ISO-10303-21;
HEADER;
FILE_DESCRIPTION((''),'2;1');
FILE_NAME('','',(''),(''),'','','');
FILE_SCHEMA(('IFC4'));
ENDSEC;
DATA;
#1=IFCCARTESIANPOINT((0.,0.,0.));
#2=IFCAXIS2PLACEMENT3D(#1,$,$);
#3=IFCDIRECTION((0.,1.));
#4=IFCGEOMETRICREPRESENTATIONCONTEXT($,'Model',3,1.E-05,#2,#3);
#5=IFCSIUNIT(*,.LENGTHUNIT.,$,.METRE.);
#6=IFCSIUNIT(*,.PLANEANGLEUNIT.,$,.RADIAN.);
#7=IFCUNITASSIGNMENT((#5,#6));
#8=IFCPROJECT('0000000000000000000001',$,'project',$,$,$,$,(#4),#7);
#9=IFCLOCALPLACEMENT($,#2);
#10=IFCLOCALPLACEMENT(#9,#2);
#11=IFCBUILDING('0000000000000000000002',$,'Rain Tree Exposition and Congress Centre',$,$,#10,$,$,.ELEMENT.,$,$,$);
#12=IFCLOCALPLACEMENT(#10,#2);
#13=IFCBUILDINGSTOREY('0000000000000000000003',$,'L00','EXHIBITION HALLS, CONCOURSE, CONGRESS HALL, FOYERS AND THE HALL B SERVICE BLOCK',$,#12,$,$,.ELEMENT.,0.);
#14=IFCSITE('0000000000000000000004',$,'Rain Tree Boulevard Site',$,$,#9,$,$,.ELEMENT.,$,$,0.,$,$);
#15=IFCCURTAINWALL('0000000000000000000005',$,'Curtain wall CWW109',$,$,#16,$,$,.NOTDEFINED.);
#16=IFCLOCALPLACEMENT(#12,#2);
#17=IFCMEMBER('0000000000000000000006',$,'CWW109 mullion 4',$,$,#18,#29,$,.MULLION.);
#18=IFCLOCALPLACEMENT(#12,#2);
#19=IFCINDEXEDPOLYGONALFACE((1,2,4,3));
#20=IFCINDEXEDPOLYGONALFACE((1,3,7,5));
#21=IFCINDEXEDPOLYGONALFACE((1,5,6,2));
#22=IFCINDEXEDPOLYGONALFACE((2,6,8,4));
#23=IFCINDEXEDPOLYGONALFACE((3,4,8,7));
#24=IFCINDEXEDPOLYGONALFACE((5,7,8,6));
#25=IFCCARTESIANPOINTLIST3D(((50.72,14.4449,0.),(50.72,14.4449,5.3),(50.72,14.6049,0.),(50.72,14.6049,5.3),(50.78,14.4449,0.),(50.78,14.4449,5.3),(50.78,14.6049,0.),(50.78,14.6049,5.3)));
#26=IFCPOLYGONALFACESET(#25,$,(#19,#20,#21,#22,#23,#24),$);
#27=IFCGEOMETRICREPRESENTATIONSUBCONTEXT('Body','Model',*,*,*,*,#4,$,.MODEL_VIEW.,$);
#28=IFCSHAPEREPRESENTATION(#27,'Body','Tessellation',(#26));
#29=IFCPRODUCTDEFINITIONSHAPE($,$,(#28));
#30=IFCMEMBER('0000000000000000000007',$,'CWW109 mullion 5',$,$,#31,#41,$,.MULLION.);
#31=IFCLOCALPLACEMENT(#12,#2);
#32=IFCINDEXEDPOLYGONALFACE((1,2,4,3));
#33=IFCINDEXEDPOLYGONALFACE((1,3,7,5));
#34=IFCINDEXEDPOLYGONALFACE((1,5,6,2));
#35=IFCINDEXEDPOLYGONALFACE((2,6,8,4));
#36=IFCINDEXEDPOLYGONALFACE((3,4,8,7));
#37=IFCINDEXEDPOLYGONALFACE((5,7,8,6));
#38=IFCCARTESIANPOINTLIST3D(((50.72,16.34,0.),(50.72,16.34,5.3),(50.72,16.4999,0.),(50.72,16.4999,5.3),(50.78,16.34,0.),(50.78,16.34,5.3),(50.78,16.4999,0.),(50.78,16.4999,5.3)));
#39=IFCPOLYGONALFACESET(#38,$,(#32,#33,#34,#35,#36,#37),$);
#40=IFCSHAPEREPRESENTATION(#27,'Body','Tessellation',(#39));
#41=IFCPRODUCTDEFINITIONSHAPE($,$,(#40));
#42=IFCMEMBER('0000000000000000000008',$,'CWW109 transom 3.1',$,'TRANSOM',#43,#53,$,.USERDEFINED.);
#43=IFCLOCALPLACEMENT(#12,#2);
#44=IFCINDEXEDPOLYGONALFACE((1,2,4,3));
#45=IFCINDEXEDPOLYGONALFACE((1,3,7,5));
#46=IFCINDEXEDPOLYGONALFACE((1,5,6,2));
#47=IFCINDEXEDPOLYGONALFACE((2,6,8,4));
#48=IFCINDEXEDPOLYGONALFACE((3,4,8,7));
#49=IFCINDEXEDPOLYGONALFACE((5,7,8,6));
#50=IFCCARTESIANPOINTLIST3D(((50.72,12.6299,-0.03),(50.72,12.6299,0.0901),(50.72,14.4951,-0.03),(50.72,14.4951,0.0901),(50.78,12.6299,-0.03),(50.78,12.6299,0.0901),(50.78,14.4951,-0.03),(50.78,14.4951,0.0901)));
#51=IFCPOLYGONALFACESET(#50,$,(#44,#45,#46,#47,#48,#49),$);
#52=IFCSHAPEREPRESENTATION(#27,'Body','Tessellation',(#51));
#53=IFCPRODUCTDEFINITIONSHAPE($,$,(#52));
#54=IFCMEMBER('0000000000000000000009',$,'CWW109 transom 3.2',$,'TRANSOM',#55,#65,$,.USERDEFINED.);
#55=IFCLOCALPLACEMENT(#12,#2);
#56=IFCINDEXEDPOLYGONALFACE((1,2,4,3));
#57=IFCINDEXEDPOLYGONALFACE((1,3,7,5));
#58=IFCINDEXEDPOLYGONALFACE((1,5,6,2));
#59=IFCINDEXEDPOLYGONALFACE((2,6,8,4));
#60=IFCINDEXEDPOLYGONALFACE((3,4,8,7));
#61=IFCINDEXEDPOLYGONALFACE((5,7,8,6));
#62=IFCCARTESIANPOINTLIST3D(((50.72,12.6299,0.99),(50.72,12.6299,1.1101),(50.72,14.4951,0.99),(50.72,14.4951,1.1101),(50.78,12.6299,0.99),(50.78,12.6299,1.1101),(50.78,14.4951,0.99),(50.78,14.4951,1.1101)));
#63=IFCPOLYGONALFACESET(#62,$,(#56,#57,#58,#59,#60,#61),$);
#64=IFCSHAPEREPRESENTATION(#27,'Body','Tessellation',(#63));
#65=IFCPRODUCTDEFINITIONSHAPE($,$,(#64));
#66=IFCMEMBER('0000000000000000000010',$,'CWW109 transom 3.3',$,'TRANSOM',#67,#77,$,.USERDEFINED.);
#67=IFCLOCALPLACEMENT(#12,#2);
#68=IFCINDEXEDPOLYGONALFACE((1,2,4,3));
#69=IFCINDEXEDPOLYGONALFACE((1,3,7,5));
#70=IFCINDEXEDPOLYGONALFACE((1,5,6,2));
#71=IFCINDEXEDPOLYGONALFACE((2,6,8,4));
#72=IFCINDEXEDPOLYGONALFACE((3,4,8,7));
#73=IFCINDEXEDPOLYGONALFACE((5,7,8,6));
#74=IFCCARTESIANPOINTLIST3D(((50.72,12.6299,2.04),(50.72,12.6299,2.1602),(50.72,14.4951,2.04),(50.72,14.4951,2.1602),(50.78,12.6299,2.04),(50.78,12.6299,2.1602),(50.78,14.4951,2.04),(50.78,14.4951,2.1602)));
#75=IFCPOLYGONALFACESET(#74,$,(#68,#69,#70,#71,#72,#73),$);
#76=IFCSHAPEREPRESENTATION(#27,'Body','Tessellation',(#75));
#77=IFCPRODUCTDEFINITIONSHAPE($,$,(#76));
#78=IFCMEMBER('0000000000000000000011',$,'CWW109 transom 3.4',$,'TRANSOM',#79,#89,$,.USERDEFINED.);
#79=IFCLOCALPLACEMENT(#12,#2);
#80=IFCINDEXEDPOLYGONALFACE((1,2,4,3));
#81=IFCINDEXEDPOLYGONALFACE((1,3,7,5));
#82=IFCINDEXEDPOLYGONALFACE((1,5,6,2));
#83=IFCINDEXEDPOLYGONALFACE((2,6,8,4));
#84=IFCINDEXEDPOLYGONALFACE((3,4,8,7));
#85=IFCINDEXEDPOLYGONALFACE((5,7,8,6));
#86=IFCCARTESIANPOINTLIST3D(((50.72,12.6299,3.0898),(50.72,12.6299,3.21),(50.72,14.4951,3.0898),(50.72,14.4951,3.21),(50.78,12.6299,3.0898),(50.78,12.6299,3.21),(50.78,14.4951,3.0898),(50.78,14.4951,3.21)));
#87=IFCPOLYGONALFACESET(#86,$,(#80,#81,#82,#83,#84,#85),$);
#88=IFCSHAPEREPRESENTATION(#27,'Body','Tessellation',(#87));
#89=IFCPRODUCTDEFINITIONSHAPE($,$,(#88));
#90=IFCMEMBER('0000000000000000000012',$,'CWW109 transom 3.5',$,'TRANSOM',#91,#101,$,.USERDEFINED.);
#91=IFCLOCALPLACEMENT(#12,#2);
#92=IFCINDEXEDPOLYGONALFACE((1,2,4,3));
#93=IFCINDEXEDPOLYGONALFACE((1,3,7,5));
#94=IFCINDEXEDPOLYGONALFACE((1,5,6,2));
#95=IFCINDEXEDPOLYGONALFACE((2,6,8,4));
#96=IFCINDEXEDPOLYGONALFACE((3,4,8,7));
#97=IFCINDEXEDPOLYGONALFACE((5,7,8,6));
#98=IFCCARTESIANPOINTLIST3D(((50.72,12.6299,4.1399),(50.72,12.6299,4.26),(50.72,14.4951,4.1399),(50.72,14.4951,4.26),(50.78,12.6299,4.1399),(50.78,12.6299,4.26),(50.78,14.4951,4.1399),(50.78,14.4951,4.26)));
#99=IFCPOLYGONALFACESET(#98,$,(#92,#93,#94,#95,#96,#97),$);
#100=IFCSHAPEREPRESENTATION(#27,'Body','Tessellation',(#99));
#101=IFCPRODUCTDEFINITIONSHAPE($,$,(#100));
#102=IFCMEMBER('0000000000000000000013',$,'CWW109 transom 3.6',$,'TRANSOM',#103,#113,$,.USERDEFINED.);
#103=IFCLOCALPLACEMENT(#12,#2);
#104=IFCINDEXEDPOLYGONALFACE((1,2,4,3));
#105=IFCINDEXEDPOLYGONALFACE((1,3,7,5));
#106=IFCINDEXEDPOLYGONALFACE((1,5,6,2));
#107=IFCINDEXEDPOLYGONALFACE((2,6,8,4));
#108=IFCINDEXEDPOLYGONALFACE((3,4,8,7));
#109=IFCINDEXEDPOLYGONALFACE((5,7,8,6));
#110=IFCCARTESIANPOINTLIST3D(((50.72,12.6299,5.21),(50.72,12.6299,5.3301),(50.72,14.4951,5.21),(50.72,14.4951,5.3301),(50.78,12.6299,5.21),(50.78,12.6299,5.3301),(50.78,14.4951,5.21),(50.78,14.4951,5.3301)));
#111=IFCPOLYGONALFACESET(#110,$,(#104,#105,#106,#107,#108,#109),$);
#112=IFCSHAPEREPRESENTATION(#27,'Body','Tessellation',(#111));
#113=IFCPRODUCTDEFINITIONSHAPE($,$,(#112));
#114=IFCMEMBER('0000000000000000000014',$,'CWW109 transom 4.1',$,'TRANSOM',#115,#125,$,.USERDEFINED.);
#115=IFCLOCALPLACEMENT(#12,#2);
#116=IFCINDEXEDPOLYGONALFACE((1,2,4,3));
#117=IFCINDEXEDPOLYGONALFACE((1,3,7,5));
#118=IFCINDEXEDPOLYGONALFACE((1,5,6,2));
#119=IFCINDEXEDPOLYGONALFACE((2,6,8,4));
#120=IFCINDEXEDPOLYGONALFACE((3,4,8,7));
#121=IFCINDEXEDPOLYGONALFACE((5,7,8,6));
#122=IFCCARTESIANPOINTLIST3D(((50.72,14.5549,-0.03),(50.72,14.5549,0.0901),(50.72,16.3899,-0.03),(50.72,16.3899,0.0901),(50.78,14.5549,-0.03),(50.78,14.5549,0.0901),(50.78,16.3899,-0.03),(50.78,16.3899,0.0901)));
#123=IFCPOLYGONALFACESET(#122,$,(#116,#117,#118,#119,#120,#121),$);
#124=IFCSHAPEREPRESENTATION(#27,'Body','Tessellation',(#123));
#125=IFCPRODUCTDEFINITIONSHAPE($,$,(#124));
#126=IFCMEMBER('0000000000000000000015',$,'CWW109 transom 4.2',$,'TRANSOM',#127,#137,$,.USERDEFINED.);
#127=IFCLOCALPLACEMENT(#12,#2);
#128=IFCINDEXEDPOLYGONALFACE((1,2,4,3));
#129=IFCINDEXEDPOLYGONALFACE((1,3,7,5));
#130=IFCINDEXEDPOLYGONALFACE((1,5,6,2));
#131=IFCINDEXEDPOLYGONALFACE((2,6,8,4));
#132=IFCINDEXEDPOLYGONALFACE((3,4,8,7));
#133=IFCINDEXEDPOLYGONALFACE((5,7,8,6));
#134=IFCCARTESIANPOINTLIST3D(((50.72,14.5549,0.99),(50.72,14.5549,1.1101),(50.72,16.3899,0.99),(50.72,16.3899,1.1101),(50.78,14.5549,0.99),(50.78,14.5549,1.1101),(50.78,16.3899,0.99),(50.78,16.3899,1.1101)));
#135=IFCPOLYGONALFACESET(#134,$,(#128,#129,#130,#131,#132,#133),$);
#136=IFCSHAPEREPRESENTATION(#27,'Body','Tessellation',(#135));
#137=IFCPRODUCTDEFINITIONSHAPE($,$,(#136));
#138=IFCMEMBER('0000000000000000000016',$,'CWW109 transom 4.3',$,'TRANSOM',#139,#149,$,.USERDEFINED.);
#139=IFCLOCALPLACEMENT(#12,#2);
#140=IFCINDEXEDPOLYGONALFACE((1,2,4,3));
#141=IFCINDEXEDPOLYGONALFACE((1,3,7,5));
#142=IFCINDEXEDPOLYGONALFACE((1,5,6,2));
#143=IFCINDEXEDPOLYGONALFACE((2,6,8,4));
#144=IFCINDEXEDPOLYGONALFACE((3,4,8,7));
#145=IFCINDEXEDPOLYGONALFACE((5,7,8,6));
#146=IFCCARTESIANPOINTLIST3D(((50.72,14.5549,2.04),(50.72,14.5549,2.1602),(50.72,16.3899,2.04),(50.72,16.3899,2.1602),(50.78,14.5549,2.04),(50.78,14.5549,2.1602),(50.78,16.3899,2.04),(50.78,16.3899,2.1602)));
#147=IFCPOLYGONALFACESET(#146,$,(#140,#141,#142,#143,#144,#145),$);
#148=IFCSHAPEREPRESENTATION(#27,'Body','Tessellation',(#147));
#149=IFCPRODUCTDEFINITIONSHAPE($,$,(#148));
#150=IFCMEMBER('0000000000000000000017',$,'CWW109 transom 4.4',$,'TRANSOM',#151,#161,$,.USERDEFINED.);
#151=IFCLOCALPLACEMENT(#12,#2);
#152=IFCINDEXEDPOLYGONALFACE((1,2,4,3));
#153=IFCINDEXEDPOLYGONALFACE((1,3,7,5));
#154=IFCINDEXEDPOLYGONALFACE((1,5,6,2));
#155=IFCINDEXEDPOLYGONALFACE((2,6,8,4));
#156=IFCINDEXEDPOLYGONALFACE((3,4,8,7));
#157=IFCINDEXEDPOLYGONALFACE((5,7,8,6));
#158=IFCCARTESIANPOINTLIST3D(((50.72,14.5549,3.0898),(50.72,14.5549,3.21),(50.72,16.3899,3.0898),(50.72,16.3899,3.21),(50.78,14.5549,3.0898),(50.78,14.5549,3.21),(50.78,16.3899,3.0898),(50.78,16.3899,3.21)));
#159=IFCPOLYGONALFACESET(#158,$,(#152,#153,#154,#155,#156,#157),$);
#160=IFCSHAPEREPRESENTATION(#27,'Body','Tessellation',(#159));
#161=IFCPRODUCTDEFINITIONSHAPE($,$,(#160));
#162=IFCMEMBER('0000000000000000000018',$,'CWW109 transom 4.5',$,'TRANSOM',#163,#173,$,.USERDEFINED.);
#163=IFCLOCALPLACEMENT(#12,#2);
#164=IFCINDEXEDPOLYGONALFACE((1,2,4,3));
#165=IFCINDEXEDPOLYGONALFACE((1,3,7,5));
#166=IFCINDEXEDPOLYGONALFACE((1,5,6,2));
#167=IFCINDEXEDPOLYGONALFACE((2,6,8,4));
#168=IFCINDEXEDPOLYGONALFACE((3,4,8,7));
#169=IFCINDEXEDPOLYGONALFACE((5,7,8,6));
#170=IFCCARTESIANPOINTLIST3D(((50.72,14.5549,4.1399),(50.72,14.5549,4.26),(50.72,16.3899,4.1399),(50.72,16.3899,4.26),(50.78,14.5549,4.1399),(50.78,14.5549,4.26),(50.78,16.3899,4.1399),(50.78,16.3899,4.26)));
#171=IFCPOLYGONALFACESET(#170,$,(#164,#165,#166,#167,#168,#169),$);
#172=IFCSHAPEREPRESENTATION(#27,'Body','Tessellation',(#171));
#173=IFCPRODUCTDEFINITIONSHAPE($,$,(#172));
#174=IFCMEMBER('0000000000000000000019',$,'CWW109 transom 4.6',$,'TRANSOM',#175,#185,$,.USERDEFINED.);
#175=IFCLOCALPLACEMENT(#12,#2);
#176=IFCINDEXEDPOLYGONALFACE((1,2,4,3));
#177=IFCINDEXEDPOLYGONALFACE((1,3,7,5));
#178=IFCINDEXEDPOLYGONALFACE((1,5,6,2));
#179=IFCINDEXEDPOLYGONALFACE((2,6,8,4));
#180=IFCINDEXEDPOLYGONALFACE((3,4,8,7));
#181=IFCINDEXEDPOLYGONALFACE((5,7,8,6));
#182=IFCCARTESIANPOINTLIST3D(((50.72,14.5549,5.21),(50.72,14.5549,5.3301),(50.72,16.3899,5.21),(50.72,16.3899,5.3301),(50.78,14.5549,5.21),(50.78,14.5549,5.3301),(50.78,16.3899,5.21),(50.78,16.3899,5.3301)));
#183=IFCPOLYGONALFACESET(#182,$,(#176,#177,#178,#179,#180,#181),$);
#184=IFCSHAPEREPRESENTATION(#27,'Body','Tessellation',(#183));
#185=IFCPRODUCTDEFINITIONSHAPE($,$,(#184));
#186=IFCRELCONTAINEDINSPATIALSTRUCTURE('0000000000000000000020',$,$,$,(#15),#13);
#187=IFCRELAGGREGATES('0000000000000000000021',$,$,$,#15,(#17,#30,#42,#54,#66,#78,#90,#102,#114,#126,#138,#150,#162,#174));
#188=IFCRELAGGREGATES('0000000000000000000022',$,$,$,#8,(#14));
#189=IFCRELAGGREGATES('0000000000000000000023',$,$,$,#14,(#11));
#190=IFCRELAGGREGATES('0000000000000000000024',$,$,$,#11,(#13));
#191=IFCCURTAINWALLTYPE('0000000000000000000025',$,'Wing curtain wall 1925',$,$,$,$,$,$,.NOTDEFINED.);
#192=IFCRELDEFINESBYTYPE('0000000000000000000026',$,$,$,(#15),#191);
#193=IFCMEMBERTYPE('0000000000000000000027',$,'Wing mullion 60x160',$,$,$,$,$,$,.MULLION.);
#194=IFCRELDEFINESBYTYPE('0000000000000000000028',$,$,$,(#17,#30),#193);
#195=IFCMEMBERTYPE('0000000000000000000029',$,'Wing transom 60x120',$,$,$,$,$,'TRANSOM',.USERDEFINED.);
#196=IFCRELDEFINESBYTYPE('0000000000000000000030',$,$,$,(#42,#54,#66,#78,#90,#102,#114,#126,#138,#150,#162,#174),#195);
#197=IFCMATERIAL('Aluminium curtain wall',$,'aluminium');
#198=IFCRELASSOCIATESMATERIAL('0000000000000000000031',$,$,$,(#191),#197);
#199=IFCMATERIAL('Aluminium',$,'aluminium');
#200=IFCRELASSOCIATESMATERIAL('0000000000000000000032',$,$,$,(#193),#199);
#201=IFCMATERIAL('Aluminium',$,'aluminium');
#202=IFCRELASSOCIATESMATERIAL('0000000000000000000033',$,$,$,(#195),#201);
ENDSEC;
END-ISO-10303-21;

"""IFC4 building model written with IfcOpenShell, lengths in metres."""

from ifc_helpers import new_model, si_unit, direction, frame, origin, origin_2d, place, context, subcontext, project, spatial, rectangle, extrude, material, material_profile, profile_set, type_object, element, aggregate, save


model = new_model("IFC4")

# Units and contexts
model_context = context("Model", 3, precision=1e-05, world=origin(), true_north=direction((0.0, 1.0)))
body_context = subcontext(model_context, "Body", "Model", "MODEL_VIEW")
ifc_project = project(units=[si_unit("LENGTHUNIT", "METRE"), si_unit("PLANEANGLEUNIT", "RADIAN")], contexts=[model_context])

# Site, building, storey
site_placement = place(None, origin())
site = spatial("IfcSite", under=ifc_project, at=site_placement, Name="Rain Tree Boulevard Site", CompositionType="ELEMENT", RefElevation=0.0)
building_placement = place(site_placement, origin())
building = spatial("IfcBuilding", under=site, at=building_placement, Name="Rain Tree Exposition and Congress Centre", CompositionType="ELEMENT")
storey_placement = place(building_placement, origin())
storey = spatial("IfcBuildingStorey", under=building, at=storey_placement, Name="L00", Description="EXHIBITION HALLS, CONCOURSE, CONGRESS HALL, FOYERS AND THE HALL B SERVICE BLOCK", CompositionType="ELEMENT", Elevation=0.0)

# Curtain wall, members
ifc_material_1 = material(Name="Aluminium curtain wall", Category="aluminium")
curtain_wall_type = type_object("IfcCurtainWallType", Name="Wing curtain wall 1925", PredefinedType="NOTDEFINED", material=ifc_material_1)
curtain_wall_placement = place(storey_placement, origin())
curtain_wall = element("IfcCurtainWall", 1, at=curtain_wall_placement, inside=storey, type_object=curtain_wall_type, Name="Curtain wall CWW109", PredefinedType="NOTDEFINED")
ifc_material_2 = material(Name="Aluminium", Category="aluminium")
ifc_material_profile_1 = material_profile(ifc_material_2, rectangle(XDim=0.0601, YDim=0.1599, at=origin_2d()), Name="Aluminium 60x160")
ifc_profile_set_1 = profile_set([ifc_material_profile_1], Name="Aluminium")
member_type_1 = type_object("IfcMemberType", Name="Wing mullion 60x160", PredefinedType="MULLION", material=ifc_profile_set_1)
member_1_placement = place(storey_placement, frame((50.75, 14.5249, 0.0), z_axis=(0.0, 0.0, 1.0), x_axis=(-1.0, 0.0, 0.0)))
member_1 = element("IfcMember", 2, at=member_1_placement, type_object=member_type_1, Name="CWW109 mullion 4", PredefinedType="MULLION", context=body_context, shape_type="SweptSolid", body=[
    extrude(rectangle(XDim=0.0601, YDim=0.1599, at=origin_2d()), origin(), (0.0, 0.0, 1.0), 5.3),
])
member_2_placement = place(storey_placement, frame((50.75, 16.4199, 0.0), z_axis=(0.0, 0.0, 1.0), x_axis=(-1.0, 0.0, 0.0)))
member_2 = element("IfcMember", 3, at=member_2_placement, type_object=member_type_1, Name="CWW109 mullion 5", PredefinedType="MULLION", context=body_context, shape_type="SweptSolid", body=[
    extrude(rectangle(XDim=0.0601, YDim=0.1599, at=origin_2d()), origin(), (0.0, 0.0, 1.0), 5.3),
])
ifc_material_3 = material(Name="Aluminium", Category="aluminium")
ifc_material_profile_2 = material_profile(ifc_material_3, rectangle(XDim=0.0601, YDim=0.1201, at=origin_2d()), Name="Aluminium 60x120")
ifc_profile_set_2 = profile_set([ifc_material_profile_2], Name="Aluminium")
member_type_2 = type_object("IfcMemberType", Name="Wing transom 60x120", ElementType="TRANSOM", PredefinedType="USERDEFINED", material=ifc_profile_set_2)
member_3_placement = place(storey_placement, frame((50.75, 12.6299, 0.03), z_axis=(0.0, 1.0, 0.0), x_axis=(-1.0, 0.0, 0.0)))
member_3 = element("IfcMember", 4, at=member_3_placement, type_object=member_type_2, Name="CWW109 transom 3.1", ObjectType="TRANSOM", PredefinedType="USERDEFINED", context=body_context, shape_type="SweptSolid", body=[
    extrude(rectangle(XDim=0.0601, YDim=0.1201, at=origin_2d()), origin(), (0.0, 0.0, 1.0), 1.8652),
])
member_4_placement = place(storey_placement, frame((50.75, 12.6299, 1.05), z_axis=(0.0, 1.0, 0.0), x_axis=(-1.0, 0.0, 0.0)))
member_4 = element("IfcMember", 5, at=member_4_placement, type_object=member_type_2, Name="CWW109 transom 3.2", ObjectType="TRANSOM", PredefinedType="USERDEFINED", context=body_context, shape_type="SweptSolid", body=[
    extrude(rectangle(XDim=0.0601, YDim=0.1201, at=origin_2d()), origin(), (0.0, 0.0, 1.0), 1.8652),
])
member_5_placement = place(storey_placement, frame((50.75, 12.6299, 2.1001), z_axis=(0.0, 1.0, 0.0), x_axis=(-1.0, 0.0, 0.0)))
member_5 = element("IfcMember", 6, at=member_5_placement, type_object=member_type_2, Name="CWW109 transom 3.3", ObjectType="TRANSOM", PredefinedType="USERDEFINED", context=body_context, shape_type="SweptSolid", body=[
    extrude(rectangle(XDim=0.0601, YDim=0.1201, at=origin_2d()), origin(), (0.0, 0.0, 1.0), 1.8652),
])
member_6_placement = place(storey_placement, frame((50.75, 12.6299, 3.1499), z_axis=(0.0, 1.0, 0.0), x_axis=(-1.0, 0.0, 0.0)))
member_6 = element("IfcMember", 7, at=member_6_placement, type_object=member_type_2, Name="CWW109 transom 3.4", ObjectType="TRANSOM", PredefinedType="USERDEFINED", context=body_context, shape_type="SweptSolid", body=[
    extrude(rectangle(XDim=0.0601, YDim=0.1201, at=origin_2d()), origin(), (0.0, 0.0, 1.0), 1.8652),
])
member_7_placement = place(storey_placement, frame((50.75, 12.6299, 4.2), z_axis=(0.0, 1.0, 0.0), x_axis=(-1.0, 0.0, 0.0)))
member_7 = element("IfcMember", 8, at=member_7_placement, type_object=member_type_2, Name="CWW109 transom 3.5", ObjectType="TRANSOM", PredefinedType="USERDEFINED", context=body_context, shape_type="SweptSolid", body=[
    extrude(rectangle(XDim=0.0601, YDim=0.1201, at=origin_2d()), origin(), (0.0, 0.0, 1.0), 1.8652),
])
member_8_placement = place(storey_placement, frame((50.75, 12.6299, 5.27), z_axis=(0.0, 1.0, 0.0), x_axis=(-1.0, 0.0, 0.0)))
member_8 = element("IfcMember", 9, at=member_8_placement, type_object=member_type_2, Name="CWW109 transom 3.6", ObjectType="TRANSOM", PredefinedType="USERDEFINED", context=body_context, shape_type="SweptSolid", body=[
    extrude(rectangle(XDim=0.0601, YDim=0.1201, at=origin_2d()), origin(), (0.0, 0.0, 1.0), 1.8652),
])
member_9_placement = place(storey_placement, frame((50.75, 14.5549, 0.03), z_axis=(0.0, 1.0, 0.0), x_axis=(-1.0, 0.0, 0.0)))
member_9 = element("IfcMember", 10, at=member_9_placement, type_object=member_type_2, Name="CWW109 transom 4.1", ObjectType="TRANSOM", PredefinedType="USERDEFINED", context=body_context, shape_type="SweptSolid", body=[
    extrude(rectangle(XDim=0.0601, YDim=0.1201, at=origin_2d()), origin(), (0.0, 0.0, 1.0), 1.835),
])
member_10_placement = place(storey_placement, frame((50.75, 14.5549, 1.05), z_axis=(0.0, 1.0, 0.0), x_axis=(-1.0, 0.0, 0.0)))
member_10 = element("IfcMember", 11, at=member_10_placement, type_object=member_type_2, Name="CWW109 transom 4.2", ObjectType="TRANSOM", PredefinedType="USERDEFINED", context=body_context, shape_type="SweptSolid", body=[
    extrude(rectangle(XDim=0.0601, YDim=0.1201, at=origin_2d()), origin(), (0.0, 0.0, 1.0), 1.835),
])
member_11_placement = place(storey_placement, frame((50.75, 14.5549, 2.1001), z_axis=(0.0, 1.0, 0.0), x_axis=(-1.0, 0.0, 0.0)))
member_11 = element("IfcMember", 12, at=member_11_placement, type_object=member_type_2, Name="CWW109 transom 4.3", ObjectType="TRANSOM", PredefinedType="USERDEFINED", context=body_context, shape_type="SweptSolid", body=[
    extrude(rectangle(XDim=0.0601, YDim=0.1201, at=origin_2d()), origin(), (0.0, 0.0, 1.0), 1.835),
])
member_12_placement = place(storey_placement, frame((50.75, 14.5549, 3.1499), z_axis=(0.0, 1.0, 0.0), x_axis=(-1.0, 0.0, 0.0)))
member_12 = element("IfcMember", 13, at=member_12_placement, type_object=member_type_2, Name="CWW109 transom 4.4", ObjectType="TRANSOM", PredefinedType="USERDEFINED", context=body_context, shape_type="SweptSolid", body=[
    extrude(rectangle(XDim=0.0601, YDim=0.1201, at=origin_2d()), origin(), (0.0, 0.0, 1.0), 1.835),
])
member_13_placement = place(storey_placement, frame((50.75, 14.5549, 4.2), z_axis=(0.0, 1.0, 0.0), x_axis=(-1.0, 0.0, 0.0)))
member_13 = element("IfcMember", 14, at=member_13_placement, type_object=member_type_2, Name="CWW109 transom 4.5", ObjectType="TRANSOM", PredefinedType="USERDEFINED", context=body_context, shape_type="SweptSolid", body=[
    extrude(rectangle(XDim=0.0601, YDim=0.1201, at=origin_2d()), origin(), (0.0, 0.0, 1.0), 1.835),
])
member_14_placement = place(storey_placement, frame((50.75, 14.5549, 5.27), z_axis=(0.0, 1.0, 0.0), x_axis=(-1.0, 0.0, 0.0)))
member_14 = element("IfcMember", 15, at=member_14_placement, type_object=member_type_2, Name="CWW109 transom 4.6", ObjectType="TRANSOM", PredefinedType="USERDEFINED", context=body_context, shape_type="SweptSolid", body=[
    extrude(rectangle(XDim=0.0601, YDim=0.1201, at=origin_2d()), origin(), (0.0, 0.0, 1.0), 1.835),
])
aggregate(curtain_wall, [member_1, member_2, member_3, member_4, member_5, member_6, member_7, member_8, member_9, member_10, member_11, member_12, member_13, member_14])

save(model, "model.ifc")
